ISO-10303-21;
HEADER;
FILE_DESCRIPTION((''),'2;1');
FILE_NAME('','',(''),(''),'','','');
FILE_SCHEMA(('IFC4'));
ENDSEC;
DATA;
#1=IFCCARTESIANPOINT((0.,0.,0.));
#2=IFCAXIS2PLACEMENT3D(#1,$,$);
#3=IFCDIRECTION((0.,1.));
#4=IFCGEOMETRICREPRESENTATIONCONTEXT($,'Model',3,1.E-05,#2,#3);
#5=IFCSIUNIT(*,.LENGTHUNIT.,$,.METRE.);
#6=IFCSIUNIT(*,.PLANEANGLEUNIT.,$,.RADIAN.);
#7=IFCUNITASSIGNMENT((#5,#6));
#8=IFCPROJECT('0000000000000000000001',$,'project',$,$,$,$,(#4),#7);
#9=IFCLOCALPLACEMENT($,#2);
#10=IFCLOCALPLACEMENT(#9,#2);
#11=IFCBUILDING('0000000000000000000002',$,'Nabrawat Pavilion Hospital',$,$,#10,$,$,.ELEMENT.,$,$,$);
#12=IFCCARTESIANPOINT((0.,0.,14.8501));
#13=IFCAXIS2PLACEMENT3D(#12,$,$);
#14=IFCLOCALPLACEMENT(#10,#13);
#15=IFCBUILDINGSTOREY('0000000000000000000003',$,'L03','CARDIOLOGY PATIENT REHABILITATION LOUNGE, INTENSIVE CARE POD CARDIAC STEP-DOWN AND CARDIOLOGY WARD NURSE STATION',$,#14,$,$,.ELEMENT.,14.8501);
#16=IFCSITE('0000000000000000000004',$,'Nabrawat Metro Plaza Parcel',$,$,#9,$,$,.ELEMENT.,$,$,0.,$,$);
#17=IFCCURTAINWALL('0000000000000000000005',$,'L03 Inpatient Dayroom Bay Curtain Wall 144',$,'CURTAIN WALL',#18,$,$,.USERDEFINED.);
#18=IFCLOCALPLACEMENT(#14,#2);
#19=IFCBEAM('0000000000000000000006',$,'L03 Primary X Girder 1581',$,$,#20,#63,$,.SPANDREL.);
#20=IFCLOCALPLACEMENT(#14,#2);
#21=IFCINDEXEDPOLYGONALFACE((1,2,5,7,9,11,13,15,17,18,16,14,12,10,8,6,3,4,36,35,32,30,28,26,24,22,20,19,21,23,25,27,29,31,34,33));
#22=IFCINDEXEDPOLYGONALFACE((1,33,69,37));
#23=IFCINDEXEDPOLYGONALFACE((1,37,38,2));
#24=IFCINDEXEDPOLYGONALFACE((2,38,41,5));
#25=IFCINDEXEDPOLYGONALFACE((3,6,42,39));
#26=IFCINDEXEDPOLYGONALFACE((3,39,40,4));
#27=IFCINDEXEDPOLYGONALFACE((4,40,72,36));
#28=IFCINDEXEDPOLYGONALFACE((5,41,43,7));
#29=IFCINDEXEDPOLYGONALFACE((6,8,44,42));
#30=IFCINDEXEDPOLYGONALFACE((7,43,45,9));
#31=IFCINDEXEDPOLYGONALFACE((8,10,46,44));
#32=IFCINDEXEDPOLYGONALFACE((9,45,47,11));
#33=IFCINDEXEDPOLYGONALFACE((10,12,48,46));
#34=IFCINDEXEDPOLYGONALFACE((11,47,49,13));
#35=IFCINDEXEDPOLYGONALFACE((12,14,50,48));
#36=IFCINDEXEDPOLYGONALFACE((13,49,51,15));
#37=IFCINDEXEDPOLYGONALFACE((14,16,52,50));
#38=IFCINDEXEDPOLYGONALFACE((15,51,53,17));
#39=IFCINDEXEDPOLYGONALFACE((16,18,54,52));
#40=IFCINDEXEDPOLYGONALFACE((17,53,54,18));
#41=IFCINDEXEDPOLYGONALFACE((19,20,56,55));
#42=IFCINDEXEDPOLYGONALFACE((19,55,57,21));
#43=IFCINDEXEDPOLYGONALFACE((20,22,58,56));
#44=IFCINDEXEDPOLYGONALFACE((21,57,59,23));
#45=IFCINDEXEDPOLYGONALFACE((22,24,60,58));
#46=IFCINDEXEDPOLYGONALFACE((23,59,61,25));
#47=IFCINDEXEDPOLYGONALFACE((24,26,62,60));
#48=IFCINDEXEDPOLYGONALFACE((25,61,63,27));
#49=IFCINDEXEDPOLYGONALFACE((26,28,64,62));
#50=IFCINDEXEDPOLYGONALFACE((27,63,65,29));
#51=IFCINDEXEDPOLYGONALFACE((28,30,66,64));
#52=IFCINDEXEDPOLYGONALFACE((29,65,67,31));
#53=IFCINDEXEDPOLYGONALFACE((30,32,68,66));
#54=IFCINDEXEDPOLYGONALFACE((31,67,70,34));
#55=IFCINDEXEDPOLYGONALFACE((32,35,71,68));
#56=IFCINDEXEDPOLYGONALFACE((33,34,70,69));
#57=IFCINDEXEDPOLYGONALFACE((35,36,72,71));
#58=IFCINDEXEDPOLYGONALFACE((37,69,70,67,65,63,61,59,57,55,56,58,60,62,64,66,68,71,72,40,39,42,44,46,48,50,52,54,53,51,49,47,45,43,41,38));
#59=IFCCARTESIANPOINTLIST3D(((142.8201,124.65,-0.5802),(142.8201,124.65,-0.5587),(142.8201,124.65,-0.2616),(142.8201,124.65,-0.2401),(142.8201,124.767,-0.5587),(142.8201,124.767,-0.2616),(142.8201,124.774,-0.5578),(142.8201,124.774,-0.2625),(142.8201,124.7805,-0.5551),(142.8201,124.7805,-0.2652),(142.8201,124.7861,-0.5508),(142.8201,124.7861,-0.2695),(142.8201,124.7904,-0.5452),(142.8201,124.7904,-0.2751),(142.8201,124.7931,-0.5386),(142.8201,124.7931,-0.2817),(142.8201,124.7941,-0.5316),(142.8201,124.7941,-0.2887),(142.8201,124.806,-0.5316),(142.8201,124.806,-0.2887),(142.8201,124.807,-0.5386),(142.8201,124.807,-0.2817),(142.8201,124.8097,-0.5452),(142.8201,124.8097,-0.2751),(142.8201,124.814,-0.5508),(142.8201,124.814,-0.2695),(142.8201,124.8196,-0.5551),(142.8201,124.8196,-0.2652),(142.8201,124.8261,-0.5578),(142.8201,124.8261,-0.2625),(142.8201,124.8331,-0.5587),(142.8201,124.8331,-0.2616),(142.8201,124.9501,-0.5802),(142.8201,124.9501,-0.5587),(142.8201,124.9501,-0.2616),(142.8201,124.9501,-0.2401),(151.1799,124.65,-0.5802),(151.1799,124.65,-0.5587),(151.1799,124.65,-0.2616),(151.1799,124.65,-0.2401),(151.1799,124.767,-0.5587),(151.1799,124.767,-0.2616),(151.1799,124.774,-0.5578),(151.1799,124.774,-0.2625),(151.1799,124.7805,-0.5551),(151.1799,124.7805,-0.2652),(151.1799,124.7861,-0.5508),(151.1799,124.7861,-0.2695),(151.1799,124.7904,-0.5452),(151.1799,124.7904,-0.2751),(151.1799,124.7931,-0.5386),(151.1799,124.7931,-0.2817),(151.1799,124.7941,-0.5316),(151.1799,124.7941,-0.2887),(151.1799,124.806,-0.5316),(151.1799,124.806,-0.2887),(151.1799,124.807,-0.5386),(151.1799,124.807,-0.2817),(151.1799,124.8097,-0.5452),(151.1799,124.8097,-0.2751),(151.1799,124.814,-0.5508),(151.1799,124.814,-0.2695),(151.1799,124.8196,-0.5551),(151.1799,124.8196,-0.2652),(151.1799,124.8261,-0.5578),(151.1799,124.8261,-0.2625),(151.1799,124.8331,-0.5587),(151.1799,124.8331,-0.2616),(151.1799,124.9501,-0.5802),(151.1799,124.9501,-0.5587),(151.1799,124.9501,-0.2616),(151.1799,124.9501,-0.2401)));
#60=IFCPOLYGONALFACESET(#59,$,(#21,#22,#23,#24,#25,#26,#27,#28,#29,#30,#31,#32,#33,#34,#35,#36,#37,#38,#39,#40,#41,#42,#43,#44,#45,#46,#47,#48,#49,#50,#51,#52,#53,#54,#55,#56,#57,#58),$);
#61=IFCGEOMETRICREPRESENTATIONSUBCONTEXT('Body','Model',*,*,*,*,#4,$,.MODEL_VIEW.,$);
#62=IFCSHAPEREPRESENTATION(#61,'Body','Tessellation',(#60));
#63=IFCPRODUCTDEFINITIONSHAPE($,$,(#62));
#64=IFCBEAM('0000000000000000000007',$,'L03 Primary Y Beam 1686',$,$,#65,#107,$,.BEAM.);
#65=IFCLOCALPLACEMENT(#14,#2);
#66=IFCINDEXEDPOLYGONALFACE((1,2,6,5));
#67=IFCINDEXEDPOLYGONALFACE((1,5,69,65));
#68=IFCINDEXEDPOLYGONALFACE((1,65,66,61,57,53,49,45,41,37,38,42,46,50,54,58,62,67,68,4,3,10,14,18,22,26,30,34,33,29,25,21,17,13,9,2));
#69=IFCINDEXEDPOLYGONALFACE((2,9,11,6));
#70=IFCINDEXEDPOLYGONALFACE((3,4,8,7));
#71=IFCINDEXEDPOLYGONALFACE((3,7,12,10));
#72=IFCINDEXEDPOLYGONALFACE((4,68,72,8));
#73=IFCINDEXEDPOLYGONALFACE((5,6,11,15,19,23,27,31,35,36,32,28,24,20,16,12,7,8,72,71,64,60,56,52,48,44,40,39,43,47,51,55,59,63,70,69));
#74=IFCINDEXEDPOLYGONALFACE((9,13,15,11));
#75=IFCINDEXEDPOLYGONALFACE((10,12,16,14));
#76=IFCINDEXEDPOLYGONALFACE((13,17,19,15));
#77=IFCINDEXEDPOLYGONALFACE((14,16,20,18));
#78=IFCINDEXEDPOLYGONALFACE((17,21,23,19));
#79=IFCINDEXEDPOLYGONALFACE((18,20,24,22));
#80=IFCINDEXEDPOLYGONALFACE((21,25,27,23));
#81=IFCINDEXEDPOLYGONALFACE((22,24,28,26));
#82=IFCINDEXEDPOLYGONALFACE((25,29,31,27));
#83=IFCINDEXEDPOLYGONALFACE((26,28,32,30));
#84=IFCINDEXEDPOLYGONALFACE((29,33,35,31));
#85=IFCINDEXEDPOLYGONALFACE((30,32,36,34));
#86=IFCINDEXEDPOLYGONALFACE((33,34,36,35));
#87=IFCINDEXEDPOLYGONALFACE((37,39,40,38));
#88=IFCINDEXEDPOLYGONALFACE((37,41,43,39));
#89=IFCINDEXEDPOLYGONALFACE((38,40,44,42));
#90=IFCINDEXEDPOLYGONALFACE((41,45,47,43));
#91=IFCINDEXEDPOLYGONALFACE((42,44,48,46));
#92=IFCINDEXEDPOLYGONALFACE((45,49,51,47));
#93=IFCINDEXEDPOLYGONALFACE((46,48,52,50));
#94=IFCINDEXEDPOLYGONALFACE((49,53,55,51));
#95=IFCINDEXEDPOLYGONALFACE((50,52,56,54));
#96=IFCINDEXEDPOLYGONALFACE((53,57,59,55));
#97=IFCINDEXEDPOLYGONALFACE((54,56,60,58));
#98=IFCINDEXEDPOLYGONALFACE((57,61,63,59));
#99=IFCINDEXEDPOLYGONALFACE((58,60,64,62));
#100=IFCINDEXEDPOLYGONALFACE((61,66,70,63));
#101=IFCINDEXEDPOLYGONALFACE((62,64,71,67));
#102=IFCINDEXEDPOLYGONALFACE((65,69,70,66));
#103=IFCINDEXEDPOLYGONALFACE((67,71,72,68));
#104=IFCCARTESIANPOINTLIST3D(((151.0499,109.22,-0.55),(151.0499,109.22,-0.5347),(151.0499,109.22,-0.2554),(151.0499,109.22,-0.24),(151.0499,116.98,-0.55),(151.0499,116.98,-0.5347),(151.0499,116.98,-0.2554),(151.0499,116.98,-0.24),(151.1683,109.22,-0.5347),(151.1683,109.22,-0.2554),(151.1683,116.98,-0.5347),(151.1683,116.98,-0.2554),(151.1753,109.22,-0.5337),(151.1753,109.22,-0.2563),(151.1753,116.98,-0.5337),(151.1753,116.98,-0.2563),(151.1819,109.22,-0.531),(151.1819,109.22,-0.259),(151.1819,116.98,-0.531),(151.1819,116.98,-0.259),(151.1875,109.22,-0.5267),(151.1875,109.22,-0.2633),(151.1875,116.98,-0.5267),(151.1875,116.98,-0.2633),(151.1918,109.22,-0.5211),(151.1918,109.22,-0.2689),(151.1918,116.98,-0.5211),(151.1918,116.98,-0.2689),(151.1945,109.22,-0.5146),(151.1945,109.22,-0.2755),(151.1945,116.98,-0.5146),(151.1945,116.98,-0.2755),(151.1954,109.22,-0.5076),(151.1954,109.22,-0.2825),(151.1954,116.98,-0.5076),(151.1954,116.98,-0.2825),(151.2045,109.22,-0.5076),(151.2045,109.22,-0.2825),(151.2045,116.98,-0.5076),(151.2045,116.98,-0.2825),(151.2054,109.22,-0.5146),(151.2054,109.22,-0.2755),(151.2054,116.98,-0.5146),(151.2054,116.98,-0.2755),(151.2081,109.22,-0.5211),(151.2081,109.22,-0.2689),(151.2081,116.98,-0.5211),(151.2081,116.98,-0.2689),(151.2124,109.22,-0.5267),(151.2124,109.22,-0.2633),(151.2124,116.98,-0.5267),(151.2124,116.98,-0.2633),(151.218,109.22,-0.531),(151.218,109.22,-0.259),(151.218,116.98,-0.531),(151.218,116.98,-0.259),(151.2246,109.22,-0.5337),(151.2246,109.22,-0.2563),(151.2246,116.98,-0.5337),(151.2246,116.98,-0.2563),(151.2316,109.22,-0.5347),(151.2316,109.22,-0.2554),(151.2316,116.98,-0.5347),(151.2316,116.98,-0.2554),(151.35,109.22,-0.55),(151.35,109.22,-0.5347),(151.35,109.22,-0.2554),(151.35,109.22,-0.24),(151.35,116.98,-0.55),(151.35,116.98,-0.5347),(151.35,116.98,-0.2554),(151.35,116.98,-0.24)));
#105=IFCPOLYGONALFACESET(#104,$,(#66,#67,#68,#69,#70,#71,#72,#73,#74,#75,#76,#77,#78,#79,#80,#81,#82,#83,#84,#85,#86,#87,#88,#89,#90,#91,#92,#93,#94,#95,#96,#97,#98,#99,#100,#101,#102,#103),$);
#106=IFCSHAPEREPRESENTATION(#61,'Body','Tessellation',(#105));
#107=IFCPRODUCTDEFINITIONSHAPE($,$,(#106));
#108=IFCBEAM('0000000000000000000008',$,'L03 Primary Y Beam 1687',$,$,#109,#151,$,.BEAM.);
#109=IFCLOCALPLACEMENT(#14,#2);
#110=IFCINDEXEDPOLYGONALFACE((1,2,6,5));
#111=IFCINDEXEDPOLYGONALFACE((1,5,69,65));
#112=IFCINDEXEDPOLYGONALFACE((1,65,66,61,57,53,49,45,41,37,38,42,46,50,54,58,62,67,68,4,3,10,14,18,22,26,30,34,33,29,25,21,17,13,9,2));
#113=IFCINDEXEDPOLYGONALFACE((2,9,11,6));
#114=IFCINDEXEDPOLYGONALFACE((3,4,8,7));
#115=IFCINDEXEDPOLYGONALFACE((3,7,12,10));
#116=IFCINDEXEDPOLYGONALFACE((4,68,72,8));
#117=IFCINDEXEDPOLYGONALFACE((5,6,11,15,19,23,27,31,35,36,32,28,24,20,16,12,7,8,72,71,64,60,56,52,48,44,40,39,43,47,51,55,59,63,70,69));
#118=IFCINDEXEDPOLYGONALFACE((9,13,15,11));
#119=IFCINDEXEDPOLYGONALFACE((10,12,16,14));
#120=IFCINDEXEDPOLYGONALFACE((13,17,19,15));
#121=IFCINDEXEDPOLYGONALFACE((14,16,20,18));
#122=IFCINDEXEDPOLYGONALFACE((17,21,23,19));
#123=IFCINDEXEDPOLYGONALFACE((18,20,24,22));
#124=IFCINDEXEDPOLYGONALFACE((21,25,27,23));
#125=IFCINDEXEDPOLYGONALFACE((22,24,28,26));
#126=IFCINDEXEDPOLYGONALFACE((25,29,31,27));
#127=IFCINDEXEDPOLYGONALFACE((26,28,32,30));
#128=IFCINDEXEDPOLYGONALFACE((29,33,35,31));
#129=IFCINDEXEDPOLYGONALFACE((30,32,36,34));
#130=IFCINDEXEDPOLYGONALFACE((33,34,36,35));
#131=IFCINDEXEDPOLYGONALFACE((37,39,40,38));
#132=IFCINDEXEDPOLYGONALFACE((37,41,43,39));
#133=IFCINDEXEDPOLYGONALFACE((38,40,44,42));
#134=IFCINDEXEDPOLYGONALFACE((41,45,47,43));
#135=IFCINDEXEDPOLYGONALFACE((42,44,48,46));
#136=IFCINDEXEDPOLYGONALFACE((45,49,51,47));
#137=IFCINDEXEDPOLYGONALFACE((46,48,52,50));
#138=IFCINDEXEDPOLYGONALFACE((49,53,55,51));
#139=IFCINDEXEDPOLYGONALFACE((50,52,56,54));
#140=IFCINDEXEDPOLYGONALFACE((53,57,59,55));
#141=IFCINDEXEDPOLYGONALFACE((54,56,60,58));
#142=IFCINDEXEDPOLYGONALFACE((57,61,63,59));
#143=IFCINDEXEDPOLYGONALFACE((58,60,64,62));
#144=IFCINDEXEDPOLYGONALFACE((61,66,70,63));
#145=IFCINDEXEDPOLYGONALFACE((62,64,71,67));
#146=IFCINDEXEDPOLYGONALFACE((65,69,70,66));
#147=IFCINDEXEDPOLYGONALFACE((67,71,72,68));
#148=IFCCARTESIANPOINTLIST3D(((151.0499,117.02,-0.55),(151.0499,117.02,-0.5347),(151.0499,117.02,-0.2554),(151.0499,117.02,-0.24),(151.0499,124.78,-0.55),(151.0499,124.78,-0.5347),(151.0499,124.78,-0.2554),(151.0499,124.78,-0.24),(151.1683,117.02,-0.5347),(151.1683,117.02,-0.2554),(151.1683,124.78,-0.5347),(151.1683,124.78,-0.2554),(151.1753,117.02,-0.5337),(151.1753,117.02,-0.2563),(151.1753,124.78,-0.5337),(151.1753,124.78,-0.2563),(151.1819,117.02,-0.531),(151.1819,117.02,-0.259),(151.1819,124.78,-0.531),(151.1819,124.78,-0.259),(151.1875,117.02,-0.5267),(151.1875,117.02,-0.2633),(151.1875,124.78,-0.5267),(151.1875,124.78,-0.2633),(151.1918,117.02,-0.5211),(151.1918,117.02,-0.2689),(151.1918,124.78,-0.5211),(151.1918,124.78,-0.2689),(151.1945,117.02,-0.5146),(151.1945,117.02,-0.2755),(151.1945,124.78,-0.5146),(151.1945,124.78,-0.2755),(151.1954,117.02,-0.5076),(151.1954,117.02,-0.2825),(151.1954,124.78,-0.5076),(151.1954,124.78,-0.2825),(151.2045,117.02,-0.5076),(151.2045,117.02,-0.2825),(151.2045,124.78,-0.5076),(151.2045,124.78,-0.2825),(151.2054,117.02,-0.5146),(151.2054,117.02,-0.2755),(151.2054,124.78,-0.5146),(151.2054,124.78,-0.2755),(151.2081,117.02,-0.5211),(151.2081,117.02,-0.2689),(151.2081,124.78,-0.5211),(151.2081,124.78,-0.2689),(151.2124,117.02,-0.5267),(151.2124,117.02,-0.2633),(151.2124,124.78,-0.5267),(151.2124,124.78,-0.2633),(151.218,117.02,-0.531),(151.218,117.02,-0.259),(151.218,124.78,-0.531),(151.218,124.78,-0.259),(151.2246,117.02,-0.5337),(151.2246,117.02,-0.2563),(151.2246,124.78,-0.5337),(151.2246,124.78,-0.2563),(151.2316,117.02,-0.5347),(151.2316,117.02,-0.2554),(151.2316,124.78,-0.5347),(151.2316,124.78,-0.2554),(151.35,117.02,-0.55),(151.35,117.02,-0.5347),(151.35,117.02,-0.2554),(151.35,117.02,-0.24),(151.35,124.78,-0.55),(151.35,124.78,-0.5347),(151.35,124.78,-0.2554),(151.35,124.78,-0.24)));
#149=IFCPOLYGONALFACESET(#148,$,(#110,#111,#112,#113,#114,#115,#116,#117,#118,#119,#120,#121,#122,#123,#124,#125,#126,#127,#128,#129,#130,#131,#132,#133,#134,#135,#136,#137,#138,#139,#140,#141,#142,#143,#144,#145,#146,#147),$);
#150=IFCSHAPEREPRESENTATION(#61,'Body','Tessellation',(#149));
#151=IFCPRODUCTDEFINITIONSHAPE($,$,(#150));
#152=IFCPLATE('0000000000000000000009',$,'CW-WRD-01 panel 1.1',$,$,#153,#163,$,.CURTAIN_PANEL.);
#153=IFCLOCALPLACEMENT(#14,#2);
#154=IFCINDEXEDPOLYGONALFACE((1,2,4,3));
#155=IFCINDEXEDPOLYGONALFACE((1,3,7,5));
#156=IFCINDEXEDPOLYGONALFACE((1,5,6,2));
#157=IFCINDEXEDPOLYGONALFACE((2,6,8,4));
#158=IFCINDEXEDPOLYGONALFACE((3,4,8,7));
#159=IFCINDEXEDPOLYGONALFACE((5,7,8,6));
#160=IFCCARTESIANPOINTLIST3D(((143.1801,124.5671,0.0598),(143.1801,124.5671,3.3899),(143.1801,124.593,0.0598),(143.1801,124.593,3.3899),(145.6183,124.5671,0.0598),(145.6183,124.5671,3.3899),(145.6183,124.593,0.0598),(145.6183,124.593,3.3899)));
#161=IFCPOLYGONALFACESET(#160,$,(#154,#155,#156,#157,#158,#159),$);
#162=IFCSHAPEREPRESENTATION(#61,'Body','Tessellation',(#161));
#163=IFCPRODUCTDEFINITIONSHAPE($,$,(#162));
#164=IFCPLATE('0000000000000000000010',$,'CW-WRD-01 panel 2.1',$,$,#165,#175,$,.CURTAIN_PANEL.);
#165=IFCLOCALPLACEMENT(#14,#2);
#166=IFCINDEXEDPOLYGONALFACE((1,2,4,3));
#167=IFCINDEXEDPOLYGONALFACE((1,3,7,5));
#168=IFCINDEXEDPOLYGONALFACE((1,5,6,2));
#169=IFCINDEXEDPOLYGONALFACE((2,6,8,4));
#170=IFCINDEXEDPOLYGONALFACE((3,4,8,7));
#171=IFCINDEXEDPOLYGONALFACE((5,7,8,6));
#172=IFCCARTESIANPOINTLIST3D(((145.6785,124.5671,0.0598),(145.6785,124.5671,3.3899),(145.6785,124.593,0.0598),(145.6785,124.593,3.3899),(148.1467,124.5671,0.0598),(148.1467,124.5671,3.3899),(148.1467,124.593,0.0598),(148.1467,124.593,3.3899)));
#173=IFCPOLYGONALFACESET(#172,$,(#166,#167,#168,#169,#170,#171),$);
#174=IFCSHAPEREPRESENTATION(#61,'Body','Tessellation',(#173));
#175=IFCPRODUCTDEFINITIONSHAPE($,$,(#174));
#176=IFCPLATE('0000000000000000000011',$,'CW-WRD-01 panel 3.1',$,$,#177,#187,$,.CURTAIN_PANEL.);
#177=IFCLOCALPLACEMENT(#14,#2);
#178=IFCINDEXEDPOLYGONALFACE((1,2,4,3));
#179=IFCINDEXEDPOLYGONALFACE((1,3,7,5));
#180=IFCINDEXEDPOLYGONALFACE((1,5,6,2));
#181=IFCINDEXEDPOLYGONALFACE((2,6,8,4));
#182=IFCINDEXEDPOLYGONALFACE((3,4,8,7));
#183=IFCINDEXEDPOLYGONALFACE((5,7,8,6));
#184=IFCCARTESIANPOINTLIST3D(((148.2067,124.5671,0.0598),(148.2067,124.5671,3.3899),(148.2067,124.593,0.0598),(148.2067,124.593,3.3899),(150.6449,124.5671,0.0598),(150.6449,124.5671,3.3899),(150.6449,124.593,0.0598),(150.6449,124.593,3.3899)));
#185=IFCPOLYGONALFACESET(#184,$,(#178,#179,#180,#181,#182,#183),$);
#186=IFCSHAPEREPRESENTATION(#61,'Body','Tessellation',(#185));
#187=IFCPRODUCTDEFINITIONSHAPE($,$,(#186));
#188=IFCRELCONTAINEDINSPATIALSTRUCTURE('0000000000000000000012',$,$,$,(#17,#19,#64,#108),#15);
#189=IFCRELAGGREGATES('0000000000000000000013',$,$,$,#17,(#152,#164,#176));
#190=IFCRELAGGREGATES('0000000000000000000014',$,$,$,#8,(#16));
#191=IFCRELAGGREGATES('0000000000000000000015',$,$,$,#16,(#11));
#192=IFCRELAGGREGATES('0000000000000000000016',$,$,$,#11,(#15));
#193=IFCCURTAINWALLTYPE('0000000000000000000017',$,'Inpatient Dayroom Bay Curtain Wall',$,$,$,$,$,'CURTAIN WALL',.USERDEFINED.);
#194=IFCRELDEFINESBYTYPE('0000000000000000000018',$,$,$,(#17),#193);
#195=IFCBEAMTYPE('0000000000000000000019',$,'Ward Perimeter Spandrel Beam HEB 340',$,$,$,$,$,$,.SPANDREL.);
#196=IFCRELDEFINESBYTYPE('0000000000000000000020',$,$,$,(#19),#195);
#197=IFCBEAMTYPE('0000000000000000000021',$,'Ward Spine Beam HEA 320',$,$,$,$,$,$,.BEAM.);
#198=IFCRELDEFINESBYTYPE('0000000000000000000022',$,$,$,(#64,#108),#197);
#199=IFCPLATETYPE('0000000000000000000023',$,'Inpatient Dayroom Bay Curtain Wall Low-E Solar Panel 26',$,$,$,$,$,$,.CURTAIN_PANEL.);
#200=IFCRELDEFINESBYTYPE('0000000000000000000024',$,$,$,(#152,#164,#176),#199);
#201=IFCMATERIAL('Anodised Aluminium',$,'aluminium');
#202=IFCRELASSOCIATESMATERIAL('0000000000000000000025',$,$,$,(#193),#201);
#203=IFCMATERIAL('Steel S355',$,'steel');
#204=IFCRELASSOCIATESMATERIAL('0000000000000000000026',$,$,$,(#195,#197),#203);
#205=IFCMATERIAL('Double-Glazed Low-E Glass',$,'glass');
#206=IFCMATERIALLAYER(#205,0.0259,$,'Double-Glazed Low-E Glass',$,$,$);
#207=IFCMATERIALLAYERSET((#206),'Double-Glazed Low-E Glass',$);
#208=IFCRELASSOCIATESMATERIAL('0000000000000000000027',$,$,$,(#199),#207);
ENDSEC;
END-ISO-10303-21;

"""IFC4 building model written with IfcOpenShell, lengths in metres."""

from ifc_helpers import new_model, si_unit, direction, frame, origin, origin_2d, place, context, subcontext, project, spatial, rectangle, i_section, extrude, material, layer, layer_set, material_profile, profile_set, type_object, element, aggregate, save


model = new_model("IFC4")

# Units and contexts
model_context = context("Model", 3, precision=1e-05, world=origin(), true_north=direction((0.0, 1.0)))
body_context = subcontext(model_context, "Body", "Model", "MODEL_VIEW")
ifc_project = project(units=[si_unit("LENGTHUNIT", "METRE"), si_unit("PLANEANGLEUNIT", "RADIAN")], contexts=[model_context])

# Site, building, storey
site_placement = place(None, origin())
site = spatial("IfcSite", under=ifc_project, at=site_placement, Name="Nabrawat Metro Plaza Parcel", CompositionType="ELEMENT", RefElevation=0.0)
building_placement = place(site_placement, origin())
building = spatial("IfcBuilding", under=site, at=building_placement, Name="Nabrawat Pavilion Hospital", CompositionType="ELEMENT")
storey_placement = place(building_placement, frame((0.0, 0.0, 14.8501)))
storey = spatial("IfcBuildingStorey", under=building, at=storey_placement, Name="L03", Description="CARDIOLOGY PATIENT REHABILITATION LOUNGE, INTENSIVE CARE POD CARDIAC STEP-DOWN AND CARDIOLOGY WARD NURSE STATION", CompositionType="ELEMENT", Elevation=14.8501)

# Curtain wall
ifc_material_1 = material(Name="Anodised Aluminium", Category="aluminium")
curtain_wall_type = type_object("IfcCurtainWallType", Name="Inpatient Dayroom Bay Curtain Wall", ElementType="CURTAIN WALL", PredefinedType="USERDEFINED", material=ifc_material_1)
curtain_wall_placement = place(storey_placement, origin())
curtain_wall = element("IfcCurtainWall", 1, at=curtain_wall_placement, inside=storey, type_object=curtain_wall_type, Name="L03 Inpatient Dayroom Bay Curtain Wall 144", ObjectType="CURTAIN WALL", PredefinedType="USERDEFINED")

# Beams
ifc_material_2 = material(Name="Steel S355", Category="steel")
ifc_material_profile_1 = material_profile(ifc_material_2, i_section(OverallWidth=0.3, OverallDepth=0.3401, WebThickness=0.012, FlangeThickness=0.0215, FilletRadius=0.0271, at=origin_2d()), Name="HEB 340")
ifc_profile_set_1 = profile_set([ifc_material_profile_1], Name="Steel S355")
beam_type_1 = type_object("IfcBeamType", Name="Ward Perimeter Spandrel Beam HEB 340", PredefinedType="SPANDREL", material=ifc_profile_set_1)
beam_1_placement = place(storey_placement, frame((142.8201, 124.8, -0.4102), z_axis=(1.0, 0.0, 0.0), x_axis=(0.0, 1.0, 0.0)))
element("IfcBeam", 2, at=beam_1_placement, inside=storey, type_object=beam_type_1, Name="L03 Primary X Girder 1581", PredefinedType="SPANDREL", context=body_context, shape_type="SweptSolid", body=[
    extrude(i_section(OverallWidth=0.3, OverallDepth=0.3401, WebThickness=0.012, FlangeThickness=0.0215, FilletRadius=0.0271, at=origin_2d()), origin(), (0.0, 0.0, 1.0), 8.3599),
])
ifc_material_profile_2 = material_profile(ifc_material_2, i_section(OverallWidth=0.3, OverallDepth=0.3101, WebThickness=0.009, FlangeThickness=0.0154, FilletRadius=0.0271, at=origin_2d()), Name="HEA 320")
ifc_profile_set_2 = profile_set([ifc_material_profile_2], Name="Steel S355")
beam_type_2 = type_object("IfcBeamType", Name="Ward Spine Beam HEA 320", PredefinedType="BEAM", material=ifc_profile_set_2)
for number, where, z_axis, x_axis, name in (
    (3, (151.2, 109.22, -0.395), (0.0, 1.0, 0.0), (-1.0, 0.0, 0.0), "L03 Primary Y Beam 1686"),
    (4, (151.2, 117.02, -0.395), (0.0, 1.0, 0.0), (-1.0, 0.0, 0.0), "L03 Primary Y Beam 1687"),
):
    element("IfcBeam", number, at=place(storey_placement, frame(where, z_axis=z_axis, x_axis=x_axis)), inside=storey, type_object=beam_type_2, Name=name, PredefinedType="BEAM", context=body_context, shape_type="SweptSolid", body=[
        extrude(i_section(OverallWidth=0.3, OverallDepth=0.3101, WebThickness=0.009, FlangeThickness=0.0154, FilletRadius=0.0271, at=origin_2d()), origin(), (0.0, 0.0, 1.0), 7.76),
    ])

# Plates
ifc_material_3 = material(Name="Double-Glazed Low-E Glass", Category="glass")
ifc_layer = layer(ifc_material_3, 0.0259, Name="Double-Glazed Low-E Glass")
ifc_layer_set = layer_set([ifc_layer], Name="Double-Glazed Low-E Glass")
plate_type = type_object("IfcPlateType", Name="Inpatient Dayroom Bay Curtain Wall Low-E Solar Panel 26", PredefinedType="CURTAIN_PANEL", material=ifc_layer_set)
plate_1_placement = place(storey_placement, frame((144.3992, 124.5801, 0.0598), z_axis=(0.0, 0.0, 1.0), x_axis=(1.0, 0.0, 0.0)))
plate_1 = element("IfcPlate", 5, at=plate_1_placement, type_object=plate_type, Name="CW-WRD-01 panel 1.1", PredefinedType="CURTAIN_PANEL", context=body_context, shape_type="SweptSolid", body=[
    extrude(rectangle(XDim=2.4382, YDim=0.0259, at=origin_2d()), origin(), (0.0, 0.0, 1.0), 3.3301),
])
plate_2_placement = place(storey_placement, frame((146.9126, 124.5801, 0.0598), z_axis=(0.0, 0.0, 1.0), x_axis=(1.0, 0.0, 0.0)))
plate_2 = element("IfcPlate", 6, at=plate_2_placement, type_object=plate_type, Name="CW-WRD-01 panel 2.1", PredefinedType="CURTAIN_PANEL", context=body_context, shape_type="SweptSolid", body=[
    extrude(rectangle(XDim=2.4683, YDim=0.0259, at=origin_2d()), origin(), (0.0, 0.0, 1.0), 3.3301),
])
plate_3_placement = place(storey_placement, frame((149.4258, 124.5801, 0.0598), z_axis=(0.0, 0.0, 1.0), x_axis=(1.0, 0.0, 0.0)))
plate_3 = element("IfcPlate", 7, at=plate_3_placement, type_object=plate_type, Name="CW-WRD-01 panel 3.1", PredefinedType="CURTAIN_PANEL", context=body_context, shape_type="SweptSolid", body=[
    extrude(rectangle(XDim=2.4382, YDim=0.0259, at=origin_2d()), origin(), (0.0, 0.0, 1.0), 3.3301),
])
aggregate(curtain_wall, [plate_1, plate_2, plate_3])

save(model, "model.ifc")
